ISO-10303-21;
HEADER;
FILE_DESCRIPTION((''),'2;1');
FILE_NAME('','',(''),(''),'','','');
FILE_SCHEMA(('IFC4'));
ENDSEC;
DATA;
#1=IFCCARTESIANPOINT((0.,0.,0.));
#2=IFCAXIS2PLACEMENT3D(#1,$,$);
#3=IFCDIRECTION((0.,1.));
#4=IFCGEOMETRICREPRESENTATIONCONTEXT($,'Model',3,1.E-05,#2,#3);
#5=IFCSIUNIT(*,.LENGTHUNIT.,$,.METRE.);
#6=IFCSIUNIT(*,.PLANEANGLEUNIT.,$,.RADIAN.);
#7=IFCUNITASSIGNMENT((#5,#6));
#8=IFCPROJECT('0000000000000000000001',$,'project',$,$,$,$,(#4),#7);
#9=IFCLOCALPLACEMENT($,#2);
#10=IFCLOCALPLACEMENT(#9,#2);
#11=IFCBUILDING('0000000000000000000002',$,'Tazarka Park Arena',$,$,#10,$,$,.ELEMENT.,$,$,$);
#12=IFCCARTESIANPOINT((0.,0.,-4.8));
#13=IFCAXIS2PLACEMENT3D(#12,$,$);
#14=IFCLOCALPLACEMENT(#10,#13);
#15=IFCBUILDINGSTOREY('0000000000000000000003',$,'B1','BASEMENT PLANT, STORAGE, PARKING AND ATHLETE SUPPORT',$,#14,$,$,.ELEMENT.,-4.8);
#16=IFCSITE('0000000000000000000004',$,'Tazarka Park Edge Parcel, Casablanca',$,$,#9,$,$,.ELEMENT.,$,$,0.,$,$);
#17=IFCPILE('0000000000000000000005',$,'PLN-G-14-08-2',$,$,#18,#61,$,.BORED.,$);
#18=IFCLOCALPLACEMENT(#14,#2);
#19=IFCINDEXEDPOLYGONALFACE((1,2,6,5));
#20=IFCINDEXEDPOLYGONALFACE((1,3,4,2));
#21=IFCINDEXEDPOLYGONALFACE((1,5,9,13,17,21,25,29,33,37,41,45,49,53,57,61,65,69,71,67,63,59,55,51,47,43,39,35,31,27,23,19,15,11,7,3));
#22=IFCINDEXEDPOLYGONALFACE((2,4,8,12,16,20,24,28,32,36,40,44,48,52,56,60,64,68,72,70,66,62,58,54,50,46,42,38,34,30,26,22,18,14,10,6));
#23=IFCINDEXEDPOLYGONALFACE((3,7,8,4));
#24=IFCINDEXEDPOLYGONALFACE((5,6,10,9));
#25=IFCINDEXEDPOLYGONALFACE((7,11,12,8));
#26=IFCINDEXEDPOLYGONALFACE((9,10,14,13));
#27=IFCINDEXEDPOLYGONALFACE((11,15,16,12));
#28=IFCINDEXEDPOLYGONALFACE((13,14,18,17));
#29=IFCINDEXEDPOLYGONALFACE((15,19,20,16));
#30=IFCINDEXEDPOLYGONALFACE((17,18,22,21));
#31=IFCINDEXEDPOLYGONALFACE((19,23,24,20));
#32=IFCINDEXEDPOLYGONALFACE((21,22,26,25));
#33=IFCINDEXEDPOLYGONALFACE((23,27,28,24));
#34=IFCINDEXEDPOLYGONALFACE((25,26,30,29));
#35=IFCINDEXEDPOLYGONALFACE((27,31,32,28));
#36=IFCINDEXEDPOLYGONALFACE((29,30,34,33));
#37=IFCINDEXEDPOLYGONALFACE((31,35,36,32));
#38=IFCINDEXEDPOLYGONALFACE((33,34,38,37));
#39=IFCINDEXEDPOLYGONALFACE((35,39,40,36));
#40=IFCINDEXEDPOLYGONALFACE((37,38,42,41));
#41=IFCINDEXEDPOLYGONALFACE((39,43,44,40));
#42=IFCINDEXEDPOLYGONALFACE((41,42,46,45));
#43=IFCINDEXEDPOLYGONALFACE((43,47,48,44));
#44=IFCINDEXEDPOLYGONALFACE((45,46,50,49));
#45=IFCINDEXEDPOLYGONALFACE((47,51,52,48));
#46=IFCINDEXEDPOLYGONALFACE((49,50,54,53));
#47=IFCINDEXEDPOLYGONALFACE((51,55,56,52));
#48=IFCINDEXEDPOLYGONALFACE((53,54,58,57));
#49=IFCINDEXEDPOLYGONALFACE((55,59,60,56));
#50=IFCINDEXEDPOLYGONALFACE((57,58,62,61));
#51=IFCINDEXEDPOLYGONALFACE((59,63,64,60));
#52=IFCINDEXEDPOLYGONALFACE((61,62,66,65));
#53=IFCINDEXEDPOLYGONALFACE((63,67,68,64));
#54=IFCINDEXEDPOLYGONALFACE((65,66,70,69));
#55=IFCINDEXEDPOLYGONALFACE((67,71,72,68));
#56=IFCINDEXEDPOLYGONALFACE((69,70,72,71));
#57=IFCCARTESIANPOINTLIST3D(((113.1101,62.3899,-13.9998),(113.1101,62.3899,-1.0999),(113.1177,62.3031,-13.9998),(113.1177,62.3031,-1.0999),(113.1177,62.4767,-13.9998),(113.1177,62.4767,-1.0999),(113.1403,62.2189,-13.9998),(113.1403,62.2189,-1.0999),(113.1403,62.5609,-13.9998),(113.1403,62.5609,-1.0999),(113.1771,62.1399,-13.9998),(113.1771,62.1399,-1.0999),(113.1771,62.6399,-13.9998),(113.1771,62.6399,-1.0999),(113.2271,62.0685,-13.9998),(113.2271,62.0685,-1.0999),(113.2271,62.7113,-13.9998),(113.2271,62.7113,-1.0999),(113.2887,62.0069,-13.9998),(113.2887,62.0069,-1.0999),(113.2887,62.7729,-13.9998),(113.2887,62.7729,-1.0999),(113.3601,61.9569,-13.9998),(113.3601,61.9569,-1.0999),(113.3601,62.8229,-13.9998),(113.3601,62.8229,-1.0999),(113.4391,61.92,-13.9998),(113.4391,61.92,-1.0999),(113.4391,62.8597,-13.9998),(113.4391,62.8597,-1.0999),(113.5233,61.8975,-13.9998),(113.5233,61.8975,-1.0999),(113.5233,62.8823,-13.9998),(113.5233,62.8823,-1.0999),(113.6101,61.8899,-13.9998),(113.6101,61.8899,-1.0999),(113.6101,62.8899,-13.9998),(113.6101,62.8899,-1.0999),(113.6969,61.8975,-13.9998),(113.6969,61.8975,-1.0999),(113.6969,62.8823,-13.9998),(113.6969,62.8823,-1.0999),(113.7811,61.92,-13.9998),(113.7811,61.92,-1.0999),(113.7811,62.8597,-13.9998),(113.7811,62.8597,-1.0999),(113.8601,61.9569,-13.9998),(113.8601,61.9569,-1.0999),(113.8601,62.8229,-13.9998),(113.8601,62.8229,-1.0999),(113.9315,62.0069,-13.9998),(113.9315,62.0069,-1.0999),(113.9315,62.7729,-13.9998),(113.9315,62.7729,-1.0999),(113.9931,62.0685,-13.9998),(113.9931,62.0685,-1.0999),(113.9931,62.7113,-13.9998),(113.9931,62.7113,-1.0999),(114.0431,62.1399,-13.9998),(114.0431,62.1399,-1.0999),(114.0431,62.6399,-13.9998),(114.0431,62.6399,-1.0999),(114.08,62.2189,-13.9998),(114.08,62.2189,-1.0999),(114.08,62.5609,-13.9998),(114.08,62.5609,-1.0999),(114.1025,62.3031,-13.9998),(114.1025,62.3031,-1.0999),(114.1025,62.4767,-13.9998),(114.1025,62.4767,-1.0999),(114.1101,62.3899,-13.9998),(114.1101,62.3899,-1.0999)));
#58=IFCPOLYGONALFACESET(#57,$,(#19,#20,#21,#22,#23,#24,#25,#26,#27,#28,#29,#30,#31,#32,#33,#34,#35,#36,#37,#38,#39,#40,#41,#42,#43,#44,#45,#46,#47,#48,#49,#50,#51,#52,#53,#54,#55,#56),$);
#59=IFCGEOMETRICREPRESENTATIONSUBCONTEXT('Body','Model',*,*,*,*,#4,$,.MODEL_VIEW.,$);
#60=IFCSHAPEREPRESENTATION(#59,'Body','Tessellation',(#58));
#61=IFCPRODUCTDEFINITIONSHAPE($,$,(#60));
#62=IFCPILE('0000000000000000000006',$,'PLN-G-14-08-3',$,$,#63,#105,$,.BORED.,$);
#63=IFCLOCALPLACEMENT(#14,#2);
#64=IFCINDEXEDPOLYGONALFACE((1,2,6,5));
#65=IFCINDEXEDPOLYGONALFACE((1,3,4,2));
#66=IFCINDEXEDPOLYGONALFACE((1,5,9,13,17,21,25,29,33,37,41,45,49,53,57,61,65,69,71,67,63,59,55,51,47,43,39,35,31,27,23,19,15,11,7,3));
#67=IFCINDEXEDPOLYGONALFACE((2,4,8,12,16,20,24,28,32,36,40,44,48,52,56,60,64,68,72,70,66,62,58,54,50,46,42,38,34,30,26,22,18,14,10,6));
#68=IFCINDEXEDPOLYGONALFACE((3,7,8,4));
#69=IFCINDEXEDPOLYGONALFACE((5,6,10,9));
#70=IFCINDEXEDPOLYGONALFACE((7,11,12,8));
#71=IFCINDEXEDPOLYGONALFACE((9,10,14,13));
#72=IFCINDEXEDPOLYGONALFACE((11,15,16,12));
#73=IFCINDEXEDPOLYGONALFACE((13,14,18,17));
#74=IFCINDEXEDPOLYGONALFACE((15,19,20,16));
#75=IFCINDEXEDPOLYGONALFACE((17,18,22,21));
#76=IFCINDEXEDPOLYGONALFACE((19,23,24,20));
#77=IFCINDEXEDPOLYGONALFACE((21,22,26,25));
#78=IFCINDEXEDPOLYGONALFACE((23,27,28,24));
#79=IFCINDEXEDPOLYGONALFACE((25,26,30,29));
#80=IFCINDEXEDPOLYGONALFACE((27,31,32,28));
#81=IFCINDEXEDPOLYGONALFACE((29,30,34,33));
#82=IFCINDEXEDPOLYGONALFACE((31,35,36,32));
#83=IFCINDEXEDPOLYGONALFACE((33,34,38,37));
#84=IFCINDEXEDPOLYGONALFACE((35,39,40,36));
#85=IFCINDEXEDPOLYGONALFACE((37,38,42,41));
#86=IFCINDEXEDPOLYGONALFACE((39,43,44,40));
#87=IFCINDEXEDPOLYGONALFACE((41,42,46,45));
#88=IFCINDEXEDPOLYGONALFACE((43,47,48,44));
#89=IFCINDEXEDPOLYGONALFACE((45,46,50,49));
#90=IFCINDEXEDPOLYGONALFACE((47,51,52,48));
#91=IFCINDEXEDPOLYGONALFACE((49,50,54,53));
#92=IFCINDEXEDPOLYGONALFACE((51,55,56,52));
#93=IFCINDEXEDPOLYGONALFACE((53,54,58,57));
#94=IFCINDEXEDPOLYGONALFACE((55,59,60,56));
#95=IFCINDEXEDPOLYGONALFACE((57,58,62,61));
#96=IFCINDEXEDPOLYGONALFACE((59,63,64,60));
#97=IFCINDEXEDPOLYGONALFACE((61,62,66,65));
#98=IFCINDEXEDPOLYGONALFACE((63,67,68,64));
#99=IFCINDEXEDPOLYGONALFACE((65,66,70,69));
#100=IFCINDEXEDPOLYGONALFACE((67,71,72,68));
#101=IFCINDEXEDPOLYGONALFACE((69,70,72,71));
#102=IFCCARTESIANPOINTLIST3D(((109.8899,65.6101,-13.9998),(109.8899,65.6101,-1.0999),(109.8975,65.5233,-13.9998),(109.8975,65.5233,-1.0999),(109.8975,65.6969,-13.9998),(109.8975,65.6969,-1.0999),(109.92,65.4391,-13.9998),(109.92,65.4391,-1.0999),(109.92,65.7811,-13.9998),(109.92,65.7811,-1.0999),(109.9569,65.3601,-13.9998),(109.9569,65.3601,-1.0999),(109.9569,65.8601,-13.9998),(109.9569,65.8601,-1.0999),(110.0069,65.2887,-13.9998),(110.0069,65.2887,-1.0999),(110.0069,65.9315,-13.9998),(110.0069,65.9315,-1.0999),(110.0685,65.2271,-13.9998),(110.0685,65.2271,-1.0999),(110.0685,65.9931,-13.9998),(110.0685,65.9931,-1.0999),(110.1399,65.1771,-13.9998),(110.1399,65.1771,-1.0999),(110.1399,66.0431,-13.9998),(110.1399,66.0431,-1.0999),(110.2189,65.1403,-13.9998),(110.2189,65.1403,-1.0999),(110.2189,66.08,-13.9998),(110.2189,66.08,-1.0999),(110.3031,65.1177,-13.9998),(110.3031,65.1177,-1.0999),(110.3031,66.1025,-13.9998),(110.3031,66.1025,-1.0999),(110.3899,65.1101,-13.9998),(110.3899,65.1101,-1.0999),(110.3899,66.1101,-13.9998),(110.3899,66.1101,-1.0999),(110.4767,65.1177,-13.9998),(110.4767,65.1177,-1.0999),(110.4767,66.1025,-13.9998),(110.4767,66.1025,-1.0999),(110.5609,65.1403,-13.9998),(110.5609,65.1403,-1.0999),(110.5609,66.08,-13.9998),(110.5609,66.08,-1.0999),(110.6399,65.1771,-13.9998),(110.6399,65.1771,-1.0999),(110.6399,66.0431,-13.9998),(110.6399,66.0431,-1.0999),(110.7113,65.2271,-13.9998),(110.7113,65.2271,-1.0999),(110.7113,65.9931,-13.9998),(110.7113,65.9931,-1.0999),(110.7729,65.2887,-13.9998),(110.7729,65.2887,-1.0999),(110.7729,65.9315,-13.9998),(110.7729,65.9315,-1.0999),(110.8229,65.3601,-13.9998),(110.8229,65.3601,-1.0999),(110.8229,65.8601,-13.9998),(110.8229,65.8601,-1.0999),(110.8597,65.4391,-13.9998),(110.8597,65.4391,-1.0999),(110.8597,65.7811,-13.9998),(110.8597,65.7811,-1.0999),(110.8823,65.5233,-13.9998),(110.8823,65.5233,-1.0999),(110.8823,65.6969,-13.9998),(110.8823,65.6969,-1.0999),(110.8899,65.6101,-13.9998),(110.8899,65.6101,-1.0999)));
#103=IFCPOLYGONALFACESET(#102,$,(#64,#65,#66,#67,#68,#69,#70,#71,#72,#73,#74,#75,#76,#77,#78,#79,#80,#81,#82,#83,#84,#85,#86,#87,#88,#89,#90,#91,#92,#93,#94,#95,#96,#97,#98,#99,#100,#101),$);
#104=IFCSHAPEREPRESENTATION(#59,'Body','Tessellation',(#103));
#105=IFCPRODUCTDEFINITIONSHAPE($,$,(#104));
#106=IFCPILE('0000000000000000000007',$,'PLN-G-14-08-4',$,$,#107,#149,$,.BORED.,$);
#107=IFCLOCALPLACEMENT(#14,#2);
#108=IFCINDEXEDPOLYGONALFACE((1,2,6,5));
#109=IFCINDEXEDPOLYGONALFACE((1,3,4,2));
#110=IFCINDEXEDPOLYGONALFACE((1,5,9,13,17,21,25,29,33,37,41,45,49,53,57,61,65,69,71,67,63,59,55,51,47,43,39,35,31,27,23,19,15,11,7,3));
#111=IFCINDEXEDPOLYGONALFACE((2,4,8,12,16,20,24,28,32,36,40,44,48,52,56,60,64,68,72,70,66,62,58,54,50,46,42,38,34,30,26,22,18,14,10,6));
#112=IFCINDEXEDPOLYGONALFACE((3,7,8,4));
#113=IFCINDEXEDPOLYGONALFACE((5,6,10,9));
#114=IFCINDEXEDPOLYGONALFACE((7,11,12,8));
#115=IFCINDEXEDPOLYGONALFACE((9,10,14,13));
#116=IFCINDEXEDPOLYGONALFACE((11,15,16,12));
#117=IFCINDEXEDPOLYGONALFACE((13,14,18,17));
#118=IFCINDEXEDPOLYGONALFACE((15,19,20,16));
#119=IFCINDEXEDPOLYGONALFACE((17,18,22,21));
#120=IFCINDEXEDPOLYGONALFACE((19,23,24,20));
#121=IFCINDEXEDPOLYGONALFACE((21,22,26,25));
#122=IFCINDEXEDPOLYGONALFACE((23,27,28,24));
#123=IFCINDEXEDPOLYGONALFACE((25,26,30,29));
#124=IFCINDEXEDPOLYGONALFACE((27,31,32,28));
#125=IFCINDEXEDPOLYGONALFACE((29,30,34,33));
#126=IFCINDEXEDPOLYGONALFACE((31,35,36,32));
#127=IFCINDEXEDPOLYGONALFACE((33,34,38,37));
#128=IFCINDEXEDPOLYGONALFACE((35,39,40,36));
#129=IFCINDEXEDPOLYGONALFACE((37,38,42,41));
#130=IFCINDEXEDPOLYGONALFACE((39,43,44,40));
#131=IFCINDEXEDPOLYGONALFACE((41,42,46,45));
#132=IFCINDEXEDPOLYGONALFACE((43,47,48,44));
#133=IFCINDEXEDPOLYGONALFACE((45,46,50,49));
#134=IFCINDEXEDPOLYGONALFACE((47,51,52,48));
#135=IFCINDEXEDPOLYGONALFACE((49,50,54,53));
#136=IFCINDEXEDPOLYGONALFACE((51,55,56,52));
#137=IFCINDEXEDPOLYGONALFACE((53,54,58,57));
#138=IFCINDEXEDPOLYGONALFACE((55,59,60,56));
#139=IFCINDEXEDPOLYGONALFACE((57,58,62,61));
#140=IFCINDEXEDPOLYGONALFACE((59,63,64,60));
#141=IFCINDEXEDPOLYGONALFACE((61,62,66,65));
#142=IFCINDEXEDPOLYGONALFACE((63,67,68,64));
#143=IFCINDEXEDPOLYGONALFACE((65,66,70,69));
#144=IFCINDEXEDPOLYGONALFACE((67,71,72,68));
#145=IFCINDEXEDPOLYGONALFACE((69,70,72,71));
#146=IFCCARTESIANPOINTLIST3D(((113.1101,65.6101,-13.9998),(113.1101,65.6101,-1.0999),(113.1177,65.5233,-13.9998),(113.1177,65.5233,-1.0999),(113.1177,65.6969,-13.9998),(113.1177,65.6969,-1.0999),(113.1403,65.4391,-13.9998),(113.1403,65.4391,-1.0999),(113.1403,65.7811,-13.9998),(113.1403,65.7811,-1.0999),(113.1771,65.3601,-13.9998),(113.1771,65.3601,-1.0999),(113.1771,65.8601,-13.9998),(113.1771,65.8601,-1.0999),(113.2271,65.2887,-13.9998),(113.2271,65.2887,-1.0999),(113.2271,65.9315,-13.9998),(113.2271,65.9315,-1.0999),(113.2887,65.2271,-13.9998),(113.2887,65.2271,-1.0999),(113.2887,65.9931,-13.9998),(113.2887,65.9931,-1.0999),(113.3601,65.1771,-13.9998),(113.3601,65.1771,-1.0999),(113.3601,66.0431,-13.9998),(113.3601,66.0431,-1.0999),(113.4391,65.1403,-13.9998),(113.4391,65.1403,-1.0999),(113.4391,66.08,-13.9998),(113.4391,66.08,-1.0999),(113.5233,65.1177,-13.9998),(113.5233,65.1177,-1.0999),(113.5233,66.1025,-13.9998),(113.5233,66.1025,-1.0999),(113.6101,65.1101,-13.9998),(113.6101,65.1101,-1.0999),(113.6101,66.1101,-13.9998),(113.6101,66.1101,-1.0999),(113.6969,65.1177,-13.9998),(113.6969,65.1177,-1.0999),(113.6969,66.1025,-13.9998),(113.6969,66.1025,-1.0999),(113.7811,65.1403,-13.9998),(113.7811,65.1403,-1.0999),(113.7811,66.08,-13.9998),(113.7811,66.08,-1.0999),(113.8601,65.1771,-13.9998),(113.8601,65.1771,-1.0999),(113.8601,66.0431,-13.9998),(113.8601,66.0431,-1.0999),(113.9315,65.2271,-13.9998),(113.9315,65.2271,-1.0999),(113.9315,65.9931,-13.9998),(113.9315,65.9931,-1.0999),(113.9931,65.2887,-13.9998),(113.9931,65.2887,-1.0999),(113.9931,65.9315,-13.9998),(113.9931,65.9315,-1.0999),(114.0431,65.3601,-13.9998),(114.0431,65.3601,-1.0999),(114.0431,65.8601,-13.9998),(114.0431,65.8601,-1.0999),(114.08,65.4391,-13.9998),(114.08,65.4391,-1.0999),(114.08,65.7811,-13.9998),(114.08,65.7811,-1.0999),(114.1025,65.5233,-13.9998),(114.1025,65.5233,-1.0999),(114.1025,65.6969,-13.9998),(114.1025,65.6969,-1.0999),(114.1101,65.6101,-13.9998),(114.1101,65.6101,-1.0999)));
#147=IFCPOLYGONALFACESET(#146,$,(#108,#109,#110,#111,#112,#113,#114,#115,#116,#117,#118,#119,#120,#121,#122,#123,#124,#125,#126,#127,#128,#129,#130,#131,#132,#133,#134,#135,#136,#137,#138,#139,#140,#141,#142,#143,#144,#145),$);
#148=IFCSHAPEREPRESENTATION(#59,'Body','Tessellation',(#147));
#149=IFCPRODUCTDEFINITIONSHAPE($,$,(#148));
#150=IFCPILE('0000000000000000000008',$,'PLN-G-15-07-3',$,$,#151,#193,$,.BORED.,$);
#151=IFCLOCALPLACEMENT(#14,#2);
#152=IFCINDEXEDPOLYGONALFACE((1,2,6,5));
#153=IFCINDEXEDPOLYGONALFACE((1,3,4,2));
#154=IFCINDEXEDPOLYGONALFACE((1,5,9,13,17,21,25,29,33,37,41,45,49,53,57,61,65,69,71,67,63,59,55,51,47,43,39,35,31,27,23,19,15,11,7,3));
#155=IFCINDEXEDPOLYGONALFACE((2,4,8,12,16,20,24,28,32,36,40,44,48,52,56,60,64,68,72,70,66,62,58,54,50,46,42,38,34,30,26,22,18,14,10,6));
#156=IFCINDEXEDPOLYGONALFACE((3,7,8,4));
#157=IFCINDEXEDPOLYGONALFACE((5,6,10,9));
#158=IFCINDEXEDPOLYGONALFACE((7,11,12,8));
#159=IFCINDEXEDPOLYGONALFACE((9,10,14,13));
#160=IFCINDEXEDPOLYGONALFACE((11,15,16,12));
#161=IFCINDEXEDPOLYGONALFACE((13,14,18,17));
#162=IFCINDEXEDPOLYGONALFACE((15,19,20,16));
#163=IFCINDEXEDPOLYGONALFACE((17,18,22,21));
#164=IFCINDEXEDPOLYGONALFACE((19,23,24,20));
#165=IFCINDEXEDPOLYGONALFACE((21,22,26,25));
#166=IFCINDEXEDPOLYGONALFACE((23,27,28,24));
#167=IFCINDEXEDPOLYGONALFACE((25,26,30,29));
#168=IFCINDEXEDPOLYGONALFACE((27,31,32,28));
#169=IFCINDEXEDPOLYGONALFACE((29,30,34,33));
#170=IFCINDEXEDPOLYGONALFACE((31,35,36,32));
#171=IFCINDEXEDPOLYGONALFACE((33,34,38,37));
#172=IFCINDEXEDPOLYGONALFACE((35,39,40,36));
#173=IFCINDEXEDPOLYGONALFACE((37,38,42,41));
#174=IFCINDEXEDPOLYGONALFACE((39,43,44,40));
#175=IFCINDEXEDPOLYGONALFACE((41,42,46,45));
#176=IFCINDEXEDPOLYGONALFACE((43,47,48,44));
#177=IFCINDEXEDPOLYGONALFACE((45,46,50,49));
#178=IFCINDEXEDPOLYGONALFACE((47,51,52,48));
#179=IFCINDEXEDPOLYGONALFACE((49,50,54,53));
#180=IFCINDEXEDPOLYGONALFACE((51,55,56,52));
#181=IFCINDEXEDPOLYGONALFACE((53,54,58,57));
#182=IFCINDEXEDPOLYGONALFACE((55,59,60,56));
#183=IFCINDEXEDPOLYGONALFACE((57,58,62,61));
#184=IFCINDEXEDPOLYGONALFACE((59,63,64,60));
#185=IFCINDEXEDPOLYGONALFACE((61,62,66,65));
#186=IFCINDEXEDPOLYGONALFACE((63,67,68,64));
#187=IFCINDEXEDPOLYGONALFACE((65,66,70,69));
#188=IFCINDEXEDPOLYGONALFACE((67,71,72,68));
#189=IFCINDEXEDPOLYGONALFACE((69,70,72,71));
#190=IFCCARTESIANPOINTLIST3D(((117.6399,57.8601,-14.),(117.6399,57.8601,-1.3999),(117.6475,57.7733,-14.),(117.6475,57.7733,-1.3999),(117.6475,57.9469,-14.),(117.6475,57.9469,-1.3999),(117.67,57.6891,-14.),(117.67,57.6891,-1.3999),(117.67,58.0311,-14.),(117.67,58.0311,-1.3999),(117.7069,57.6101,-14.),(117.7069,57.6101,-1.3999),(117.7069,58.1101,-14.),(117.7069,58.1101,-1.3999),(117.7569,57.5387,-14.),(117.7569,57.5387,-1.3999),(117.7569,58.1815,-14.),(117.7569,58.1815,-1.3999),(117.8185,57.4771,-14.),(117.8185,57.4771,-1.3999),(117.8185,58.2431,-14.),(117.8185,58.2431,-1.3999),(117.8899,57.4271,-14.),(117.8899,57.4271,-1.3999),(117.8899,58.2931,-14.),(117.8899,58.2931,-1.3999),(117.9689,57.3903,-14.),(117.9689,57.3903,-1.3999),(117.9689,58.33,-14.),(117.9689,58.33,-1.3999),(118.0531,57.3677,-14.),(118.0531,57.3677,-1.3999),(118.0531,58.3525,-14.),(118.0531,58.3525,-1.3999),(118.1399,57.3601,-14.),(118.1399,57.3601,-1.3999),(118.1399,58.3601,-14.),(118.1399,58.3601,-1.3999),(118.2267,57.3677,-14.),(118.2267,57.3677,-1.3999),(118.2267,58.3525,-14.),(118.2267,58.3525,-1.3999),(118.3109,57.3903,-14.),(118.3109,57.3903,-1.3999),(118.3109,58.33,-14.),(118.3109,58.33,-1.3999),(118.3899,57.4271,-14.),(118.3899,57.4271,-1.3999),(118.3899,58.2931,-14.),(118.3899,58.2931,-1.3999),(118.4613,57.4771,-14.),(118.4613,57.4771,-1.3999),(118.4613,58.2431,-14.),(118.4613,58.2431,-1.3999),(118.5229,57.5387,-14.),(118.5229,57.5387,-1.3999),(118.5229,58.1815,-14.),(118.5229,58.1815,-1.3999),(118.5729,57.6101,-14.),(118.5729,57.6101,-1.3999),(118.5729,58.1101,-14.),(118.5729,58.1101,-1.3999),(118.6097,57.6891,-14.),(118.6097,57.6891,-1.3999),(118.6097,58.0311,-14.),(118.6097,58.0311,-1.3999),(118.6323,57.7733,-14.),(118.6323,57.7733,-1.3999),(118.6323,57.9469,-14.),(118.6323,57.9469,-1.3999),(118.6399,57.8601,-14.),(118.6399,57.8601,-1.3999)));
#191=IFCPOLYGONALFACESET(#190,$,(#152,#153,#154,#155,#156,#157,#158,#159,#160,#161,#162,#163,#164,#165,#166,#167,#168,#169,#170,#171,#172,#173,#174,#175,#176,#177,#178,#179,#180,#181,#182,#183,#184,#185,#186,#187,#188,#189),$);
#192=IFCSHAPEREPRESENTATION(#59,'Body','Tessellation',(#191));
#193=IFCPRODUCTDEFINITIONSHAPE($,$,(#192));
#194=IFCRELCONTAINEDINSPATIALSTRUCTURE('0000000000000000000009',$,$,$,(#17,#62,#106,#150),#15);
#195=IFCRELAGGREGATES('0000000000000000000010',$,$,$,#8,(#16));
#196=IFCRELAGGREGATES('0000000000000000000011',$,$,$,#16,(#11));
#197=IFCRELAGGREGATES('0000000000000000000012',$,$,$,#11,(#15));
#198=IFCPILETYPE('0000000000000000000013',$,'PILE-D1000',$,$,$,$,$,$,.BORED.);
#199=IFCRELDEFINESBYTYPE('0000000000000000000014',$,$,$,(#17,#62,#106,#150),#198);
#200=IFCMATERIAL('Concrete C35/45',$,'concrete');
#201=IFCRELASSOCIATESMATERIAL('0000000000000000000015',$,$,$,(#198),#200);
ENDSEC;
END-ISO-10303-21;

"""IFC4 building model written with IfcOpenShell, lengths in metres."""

from ifc_helpers import new_model, si_unit, direction, frame, origin, origin_2d, place, context, subcontext, project, spatial, circle, extrude, material, material_profile, profile_set, type_object, element, save


model = new_model("IFC4")

# Units and contexts
model_context = context("Model", 3, precision=1e-05, world=origin(), true_north=direction((0.0, 1.0)))
body_context = subcontext(model_context, "Body", "Model", "MODEL_VIEW")
ifc_project = project(units=[si_unit("LENGTHUNIT", "METRE"), si_unit("PLANEANGLEUNIT", "RADIAN")], contexts=[model_context])

# Site, building, storey
site_placement = place(None, origin())
site = spatial("IfcSite", under=ifc_project, at=site_placement, Name="Tazarka Park Edge Parcel, Casablanca", CompositionType="ELEMENT", RefElevation=0.0)
building_placement = place(site_placement, origin())
building = spatial("IfcBuilding", under=site, at=building_placement, Name="Tazarka Park Arena", CompositionType="ELEMENT")
storey_placement = place(building_placement, frame((0.0, 0.0, -4.8)))
storey = spatial("IfcBuildingStorey", under=building, at=storey_placement, Name="B1", Description="BASEMENT PLANT, STORAGE, PARKING AND ATHLETE SUPPORT", CompositionType="ELEMENT", Elevation=-4.8)

# Piles
ifc_material_1 = material(Name="Concrete C35/45", Category="concrete")
ifc_material_profile_1 = material_profile(ifc_material_1, circle(Radius=0.5, at=origin_2d()), Name="Concrete C35/45")
ifc_profile_set_1 = profile_set([ifc_material_profile_1], Name="Concrete C35/45")
pile_type_1 = type_object("IfcPileType", Name="PILE-D1000", PredefinedType="BORED", material=ifc_profile_set_1)
for number, where, z_axis, x_axis, name in (
    (1, (113.6101, 62.3899, -1.0999), (0.0, 0.0, -1.0), (1.0, 0.0, 0.0), "PLN-G-14-08-2"),
    (2, (110.3899, 65.6101, -1.0999), (0.0, 0.0, -1.0), (1.0, 0.0, 0.0), "PLN-G-14-08-3"),
    (3, (113.6101, 65.6101, -1.0999), (0.0, 0.0, -1.0), (1.0, 0.0, 0.0), "PLN-G-14-08-4"),
):
    element("IfcPile", number, at=place(storey_placement, frame(where, z_axis=z_axis, x_axis=x_axis)), inside=storey, type_object=pile_type_1, Name=name, PredefinedType="BORED", context=body_context, shape_type="SweptSolid", body=[
        extrude(circle(Radius=0.5, at=origin_2d()), origin(), (0.0, 0.0, 1.0), 12.8999),
    ])
pile_1_placement = place(storey_placement, frame((118.1399, 57.8601, -1.3999), z_axis=(0.0, 0.0, -1.0), x_axis=(1.0, 0.0, 0.0)))
element("IfcPile", 4, at=pile_1_placement, inside=storey, type_object=pile_type_1, Name="PLN-G-15-07-3", PredefinedType="BORED", context=body_context, shape_type="SweptSolid", body=[
    extrude(circle(Radius=0.5, at=origin_2d()), origin(), (0.0, 0.0, 1.0), 12.6001),
])

save(model, "model.ifc")
